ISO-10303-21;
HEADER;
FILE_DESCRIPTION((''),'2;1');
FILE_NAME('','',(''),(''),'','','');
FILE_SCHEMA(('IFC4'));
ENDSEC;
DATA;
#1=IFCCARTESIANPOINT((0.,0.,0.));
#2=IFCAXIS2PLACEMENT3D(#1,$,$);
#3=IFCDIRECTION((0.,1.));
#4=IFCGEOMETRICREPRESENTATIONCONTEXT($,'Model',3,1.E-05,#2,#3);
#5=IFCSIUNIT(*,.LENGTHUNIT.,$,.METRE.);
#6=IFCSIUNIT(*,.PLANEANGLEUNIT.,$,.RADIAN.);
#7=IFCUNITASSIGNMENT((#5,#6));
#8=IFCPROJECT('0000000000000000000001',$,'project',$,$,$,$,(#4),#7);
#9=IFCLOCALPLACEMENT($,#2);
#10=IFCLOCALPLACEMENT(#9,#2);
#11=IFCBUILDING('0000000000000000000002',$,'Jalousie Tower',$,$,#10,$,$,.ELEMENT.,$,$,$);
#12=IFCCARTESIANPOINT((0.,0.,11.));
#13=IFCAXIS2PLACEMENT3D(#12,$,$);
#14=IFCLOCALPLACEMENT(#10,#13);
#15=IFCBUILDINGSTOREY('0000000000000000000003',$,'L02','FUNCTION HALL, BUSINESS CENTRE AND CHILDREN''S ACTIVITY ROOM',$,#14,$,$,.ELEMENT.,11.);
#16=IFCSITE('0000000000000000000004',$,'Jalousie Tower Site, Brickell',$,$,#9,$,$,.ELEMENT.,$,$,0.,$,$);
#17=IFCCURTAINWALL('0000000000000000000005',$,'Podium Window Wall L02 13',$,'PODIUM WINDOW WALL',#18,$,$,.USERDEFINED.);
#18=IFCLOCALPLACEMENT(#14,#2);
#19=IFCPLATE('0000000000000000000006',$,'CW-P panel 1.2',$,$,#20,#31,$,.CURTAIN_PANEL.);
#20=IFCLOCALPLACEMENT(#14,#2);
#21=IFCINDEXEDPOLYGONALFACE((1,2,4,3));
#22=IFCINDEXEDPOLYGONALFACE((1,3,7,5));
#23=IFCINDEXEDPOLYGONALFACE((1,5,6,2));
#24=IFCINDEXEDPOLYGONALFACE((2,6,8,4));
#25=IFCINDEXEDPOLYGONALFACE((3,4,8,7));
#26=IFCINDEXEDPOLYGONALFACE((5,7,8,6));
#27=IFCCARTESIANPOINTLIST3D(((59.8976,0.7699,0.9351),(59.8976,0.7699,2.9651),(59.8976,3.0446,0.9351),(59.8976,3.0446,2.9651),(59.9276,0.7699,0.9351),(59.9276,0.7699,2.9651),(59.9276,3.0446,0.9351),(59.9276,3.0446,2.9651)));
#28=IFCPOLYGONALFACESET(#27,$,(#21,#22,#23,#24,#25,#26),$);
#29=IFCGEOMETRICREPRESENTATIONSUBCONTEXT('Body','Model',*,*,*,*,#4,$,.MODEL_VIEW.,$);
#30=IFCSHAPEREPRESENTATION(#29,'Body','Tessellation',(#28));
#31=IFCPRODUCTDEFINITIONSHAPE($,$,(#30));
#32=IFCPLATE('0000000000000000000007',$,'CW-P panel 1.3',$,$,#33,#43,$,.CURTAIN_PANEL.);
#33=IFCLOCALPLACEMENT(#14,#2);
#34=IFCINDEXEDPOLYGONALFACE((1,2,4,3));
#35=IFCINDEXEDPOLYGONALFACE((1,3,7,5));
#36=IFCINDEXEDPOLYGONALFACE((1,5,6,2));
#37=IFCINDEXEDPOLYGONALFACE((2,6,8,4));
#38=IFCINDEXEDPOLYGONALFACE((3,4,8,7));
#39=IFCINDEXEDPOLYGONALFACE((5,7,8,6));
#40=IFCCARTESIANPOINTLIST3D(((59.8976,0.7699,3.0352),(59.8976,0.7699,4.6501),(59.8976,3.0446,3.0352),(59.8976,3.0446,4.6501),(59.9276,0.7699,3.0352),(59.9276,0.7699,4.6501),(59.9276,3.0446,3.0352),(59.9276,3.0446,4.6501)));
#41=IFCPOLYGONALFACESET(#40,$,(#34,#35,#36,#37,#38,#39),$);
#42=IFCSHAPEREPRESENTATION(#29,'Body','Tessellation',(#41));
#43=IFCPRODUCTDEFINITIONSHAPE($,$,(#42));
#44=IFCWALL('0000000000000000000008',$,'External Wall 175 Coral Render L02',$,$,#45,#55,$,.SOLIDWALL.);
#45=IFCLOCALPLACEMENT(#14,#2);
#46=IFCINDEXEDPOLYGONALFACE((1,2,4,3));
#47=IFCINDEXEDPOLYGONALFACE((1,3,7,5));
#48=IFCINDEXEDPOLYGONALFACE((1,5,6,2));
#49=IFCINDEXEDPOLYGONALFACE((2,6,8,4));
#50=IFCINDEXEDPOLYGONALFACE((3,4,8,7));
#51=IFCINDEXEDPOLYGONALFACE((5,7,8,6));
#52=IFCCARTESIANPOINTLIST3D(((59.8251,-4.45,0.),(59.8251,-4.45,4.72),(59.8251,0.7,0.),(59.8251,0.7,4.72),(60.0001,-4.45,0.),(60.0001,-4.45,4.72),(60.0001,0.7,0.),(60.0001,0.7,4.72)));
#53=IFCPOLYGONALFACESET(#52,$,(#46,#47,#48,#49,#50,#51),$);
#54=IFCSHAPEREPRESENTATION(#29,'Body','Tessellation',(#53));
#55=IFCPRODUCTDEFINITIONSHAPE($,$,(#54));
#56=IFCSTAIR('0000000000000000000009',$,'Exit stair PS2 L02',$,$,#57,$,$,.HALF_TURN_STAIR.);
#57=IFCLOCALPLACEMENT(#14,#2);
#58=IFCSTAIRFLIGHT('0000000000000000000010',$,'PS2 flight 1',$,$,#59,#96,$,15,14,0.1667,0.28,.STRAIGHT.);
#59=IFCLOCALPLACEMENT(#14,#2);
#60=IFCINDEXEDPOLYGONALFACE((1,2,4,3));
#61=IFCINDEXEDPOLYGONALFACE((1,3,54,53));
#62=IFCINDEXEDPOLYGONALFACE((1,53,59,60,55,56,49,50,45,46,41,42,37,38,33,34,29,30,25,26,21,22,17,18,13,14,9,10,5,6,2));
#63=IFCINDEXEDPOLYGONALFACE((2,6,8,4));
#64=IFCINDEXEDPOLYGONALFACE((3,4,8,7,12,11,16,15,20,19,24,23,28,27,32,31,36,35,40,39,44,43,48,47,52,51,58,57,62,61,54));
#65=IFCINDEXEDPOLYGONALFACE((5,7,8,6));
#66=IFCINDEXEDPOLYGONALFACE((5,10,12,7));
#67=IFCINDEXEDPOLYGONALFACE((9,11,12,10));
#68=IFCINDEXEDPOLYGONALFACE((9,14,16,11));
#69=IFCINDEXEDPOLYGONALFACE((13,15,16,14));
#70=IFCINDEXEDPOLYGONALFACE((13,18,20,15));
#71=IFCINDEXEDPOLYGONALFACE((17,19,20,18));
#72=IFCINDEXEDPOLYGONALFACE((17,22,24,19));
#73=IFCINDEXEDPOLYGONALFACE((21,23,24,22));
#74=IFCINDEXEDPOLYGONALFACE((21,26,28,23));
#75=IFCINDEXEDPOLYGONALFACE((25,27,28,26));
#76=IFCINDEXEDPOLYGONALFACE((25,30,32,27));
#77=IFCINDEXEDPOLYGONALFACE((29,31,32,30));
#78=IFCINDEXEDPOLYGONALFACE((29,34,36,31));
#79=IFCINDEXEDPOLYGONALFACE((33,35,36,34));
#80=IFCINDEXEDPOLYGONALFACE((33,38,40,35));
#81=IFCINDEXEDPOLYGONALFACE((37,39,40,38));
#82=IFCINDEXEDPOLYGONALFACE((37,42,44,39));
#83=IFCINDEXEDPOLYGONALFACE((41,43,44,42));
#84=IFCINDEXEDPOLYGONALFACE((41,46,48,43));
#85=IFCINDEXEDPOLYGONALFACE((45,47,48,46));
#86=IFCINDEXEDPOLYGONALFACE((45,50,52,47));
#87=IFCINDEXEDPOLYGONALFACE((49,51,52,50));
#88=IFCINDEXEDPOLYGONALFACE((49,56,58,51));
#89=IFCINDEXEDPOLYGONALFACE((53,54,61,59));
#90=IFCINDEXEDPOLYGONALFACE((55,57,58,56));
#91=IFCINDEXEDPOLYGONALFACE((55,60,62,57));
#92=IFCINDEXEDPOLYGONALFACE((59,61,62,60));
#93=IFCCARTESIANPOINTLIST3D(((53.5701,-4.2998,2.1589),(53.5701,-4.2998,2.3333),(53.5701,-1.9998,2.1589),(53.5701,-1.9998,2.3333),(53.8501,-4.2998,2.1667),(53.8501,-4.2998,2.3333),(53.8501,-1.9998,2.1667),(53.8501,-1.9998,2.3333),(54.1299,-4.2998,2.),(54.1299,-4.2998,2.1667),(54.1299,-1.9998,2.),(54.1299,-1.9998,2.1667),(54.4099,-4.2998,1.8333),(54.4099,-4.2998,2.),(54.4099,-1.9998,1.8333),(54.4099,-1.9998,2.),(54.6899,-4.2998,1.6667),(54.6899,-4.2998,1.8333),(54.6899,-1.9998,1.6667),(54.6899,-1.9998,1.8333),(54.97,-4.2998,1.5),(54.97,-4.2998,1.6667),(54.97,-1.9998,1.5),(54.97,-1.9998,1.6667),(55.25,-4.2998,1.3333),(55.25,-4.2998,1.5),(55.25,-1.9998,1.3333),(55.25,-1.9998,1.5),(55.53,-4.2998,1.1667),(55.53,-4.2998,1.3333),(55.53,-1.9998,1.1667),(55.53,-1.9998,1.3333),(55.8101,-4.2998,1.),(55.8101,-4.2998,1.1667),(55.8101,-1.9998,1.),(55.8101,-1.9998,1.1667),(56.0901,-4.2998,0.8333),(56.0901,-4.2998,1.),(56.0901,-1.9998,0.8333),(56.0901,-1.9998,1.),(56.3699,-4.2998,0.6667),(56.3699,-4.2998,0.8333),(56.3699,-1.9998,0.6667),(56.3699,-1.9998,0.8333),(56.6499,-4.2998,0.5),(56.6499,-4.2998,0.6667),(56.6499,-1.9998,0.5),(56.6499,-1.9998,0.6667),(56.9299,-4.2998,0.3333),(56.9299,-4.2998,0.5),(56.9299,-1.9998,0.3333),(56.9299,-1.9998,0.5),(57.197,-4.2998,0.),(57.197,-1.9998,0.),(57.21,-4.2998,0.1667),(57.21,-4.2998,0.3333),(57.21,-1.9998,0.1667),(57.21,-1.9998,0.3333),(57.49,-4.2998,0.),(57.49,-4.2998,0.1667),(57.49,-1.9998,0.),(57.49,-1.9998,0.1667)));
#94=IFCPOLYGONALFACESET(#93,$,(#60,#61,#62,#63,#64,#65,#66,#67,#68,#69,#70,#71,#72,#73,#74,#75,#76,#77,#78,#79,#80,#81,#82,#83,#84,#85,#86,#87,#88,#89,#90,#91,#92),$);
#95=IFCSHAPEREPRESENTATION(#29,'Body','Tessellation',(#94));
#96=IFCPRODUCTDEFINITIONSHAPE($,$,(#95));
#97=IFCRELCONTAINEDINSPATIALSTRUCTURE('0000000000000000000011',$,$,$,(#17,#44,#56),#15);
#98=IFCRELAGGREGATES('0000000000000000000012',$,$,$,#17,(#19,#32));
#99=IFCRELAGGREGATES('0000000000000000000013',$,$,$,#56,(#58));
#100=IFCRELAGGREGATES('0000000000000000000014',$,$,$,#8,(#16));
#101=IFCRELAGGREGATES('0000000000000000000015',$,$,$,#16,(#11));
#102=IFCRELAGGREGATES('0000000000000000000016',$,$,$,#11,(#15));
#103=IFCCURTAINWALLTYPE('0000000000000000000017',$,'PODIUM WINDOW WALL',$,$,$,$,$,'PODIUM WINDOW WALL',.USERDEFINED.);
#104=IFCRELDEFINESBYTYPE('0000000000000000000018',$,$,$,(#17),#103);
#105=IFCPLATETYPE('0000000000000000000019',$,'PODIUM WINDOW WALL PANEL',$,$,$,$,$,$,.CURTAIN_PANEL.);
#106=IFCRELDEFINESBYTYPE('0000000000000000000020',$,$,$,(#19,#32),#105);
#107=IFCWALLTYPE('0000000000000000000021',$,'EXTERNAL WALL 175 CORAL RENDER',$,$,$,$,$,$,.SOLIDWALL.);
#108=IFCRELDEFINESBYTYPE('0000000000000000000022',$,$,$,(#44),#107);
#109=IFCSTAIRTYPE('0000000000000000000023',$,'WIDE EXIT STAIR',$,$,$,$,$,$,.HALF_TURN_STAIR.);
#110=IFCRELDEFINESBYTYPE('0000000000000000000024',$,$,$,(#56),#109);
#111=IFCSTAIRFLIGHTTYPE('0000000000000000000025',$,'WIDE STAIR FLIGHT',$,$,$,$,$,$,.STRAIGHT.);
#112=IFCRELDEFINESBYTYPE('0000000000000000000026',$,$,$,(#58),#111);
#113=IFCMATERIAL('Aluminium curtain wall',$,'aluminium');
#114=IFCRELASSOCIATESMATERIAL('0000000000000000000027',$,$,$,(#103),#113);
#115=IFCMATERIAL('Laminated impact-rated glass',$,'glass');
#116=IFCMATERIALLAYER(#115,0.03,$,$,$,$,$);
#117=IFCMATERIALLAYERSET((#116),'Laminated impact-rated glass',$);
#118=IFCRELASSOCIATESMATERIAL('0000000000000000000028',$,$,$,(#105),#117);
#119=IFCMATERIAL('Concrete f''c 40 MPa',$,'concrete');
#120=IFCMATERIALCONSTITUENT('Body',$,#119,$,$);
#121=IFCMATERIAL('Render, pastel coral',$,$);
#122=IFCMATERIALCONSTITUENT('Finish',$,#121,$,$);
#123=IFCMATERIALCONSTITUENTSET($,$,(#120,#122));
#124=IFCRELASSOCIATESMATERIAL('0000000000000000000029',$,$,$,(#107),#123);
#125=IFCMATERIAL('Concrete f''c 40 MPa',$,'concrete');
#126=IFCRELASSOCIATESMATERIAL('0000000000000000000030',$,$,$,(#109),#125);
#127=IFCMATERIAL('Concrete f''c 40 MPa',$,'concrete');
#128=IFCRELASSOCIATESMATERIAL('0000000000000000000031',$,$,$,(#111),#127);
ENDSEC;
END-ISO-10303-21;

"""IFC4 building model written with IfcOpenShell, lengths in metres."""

from ifc_helpers import new_model, si_unit, direction, frame, frame_2d, origin, origin_2d, place, context, subcontext, project, spatial, polyline, rectangle, outline, extrude, material, layer, layer_set, constituent, constituent_set, type_object, element, aggregate, save


model = new_model("IFC4")

# Units and contexts
model_context = context("Model", 3, precision=1e-05, world=origin(), true_north=direction((0.0, 1.0)))
body_context = subcontext(model_context, "Body", "Model", "MODEL_VIEW")
ifc_project = project(units=[si_unit("LENGTHUNIT", "METRE"), si_unit("PLANEANGLEUNIT", "RADIAN")], contexts=[model_context])

# Site, building, storey
site_placement = place(None, origin())
site = spatial("IfcSite", under=ifc_project, at=site_placement, Name="Jalousie Tower Site, Brickell", CompositionType="ELEMENT", RefElevation=0.0)
building_placement = place(site_placement, origin())
building = spatial("IfcBuilding", under=site, at=building_placement, Name="Jalousie Tower", CompositionType="ELEMENT")
storey_placement = place(building_placement, frame((0.0, 0.0, 11.0)))
storey = spatial("IfcBuildingStorey", under=building, at=storey_placement, Name="L02", Description="FUNCTION HALL, BUSINESS CENTRE AND CHILDREN'S ACTIVITY ROOM", CompositionType="ELEMENT", Elevation=11.0)

# Shared definitions
ifc_material_1 = material(Name="Aluminium curtain wall", Category="aluminium")
curtain_wall_type = type_object("IfcCurtainWallType", Name="PODIUM WINDOW WALL", ElementType="PODIUM WINDOW WALL", PredefinedType="USERDEFINED", material=ifc_material_1)

# Curtain wall
curtain_wall_1_placement = place(storey_placement, origin())
curtain_wall_1 = element("IfcCurtainWall", 1, at=curtain_wall_1_placement, inside=storey, type_object=curtain_wall_type, Name="Podium Window Wall L02 13", ObjectType="PODIUM WINDOW WALL", PredefinedType="USERDEFINED")

# Plates
ifc_material_2 = material(Name="Laminated impact-rated glass", Category="glass")
ifc_layer = layer(ifc_material_2, 0.03)
ifc_layer_set = layer_set([ifc_layer], Name="Laminated impact-rated glass")
plate_type = type_object("IfcPlateType", Name="PODIUM WINDOW WALL PANEL", PredefinedType="CURTAIN_PANEL", material=ifc_layer_set)
plate_1_placement = place(storey_placement, frame((59.9126, 1.9072, 0.9351), z_axis=(0.0, 0.0, 1.0), x_axis=(0.0, 1.0, 0.0)))
plate_1 = element("IfcPlate", 2, at=plate_1_placement, type_object=plate_type, Name="CW-P panel 1.2", PredefinedType="CURTAIN_PANEL", context=body_context, shape_type="SweptSolid", body=[
    extrude(rectangle(XDim=2.2747, YDim=0.03, at=origin_2d()), origin(), (0.0, 0.0, 1.0), 2.03),
])
plate_2_placement = place(storey_placement, frame((59.9126, 1.9072, 3.0352), z_axis=(0.0, 0.0, 1.0), x_axis=(0.0, 1.0, 0.0)))
plate_2 = element("IfcPlate", 3, at=plate_2_placement, type_object=plate_type, Name="CW-P panel 1.3", PredefinedType="CURTAIN_PANEL", context=body_context, shape_type="SweptSolid", body=[
    extrude(rectangle(XDim=2.2747, YDim=0.03, at=origin_2d()), origin(), (0.0, 0.0, 1.0), 1.615),
])
aggregate(curtain_wall_1, [plate_1, plate_2])

# Wall
ifc_material_3 = material(Name="Concrete f'c 40 MPa", Category="concrete")
ifc_constituent_1 = constituent(ifc_material_3, Name="Body")
ifc_material_4 = material(Name="Render, pastel coral")
ifc_constituent_2 = constituent(ifc_material_4, Name="Finish")
ifc_constituent_set_1 = constituent_set(constituents=[ifc_constituent_1, ifc_constituent_2])
wall_type = type_object("IfcWallType", Name="EXTERNAL WALL 175 CORAL RENDER", PredefinedType="SOLIDWALL", material=ifc_constituent_set_1)
wall_placement = place(storey_placement, frame((59.9126, -4.45, 0.0), z_axis=(0.0, 0.0, 1.0), x_axis=(0.0, 1.0, 0.0)))
element("IfcWall", 4, at=wall_placement, inside=storey, type_object=wall_type, Name="External Wall 175 Coral Render L02", PredefinedType="SOLIDWALL", context=body_context, shape_type="SweptSolid", body=[
    extrude(rectangle(XDim=5.1499, YDim=0.175, at=frame_2d((2.575, 0.0))), origin(), (0.0, 0.0, 1.0), 4.72),
])

# Stair, stair flight
ifc_material_5 = material(Name="Concrete f'c 40 MPa", Category="concrete")
stair_type = type_object("IfcStairType", Name="WIDE EXIT STAIR", PredefinedType="HALF_TURN_STAIR", material=ifc_material_5)
stair_placement = place(storey_placement, origin())
stair = element("IfcStair", 5, at=stair_placement, inside=storey, type_object=stair_type, Name="Exit stair PS2 L02", PredefinedType="HALF_TURN_STAIR")
ifc_material_6 = material(Name="Concrete f'c 40 MPa", Category="concrete")
stair_flight_type = type_object("IfcStairFlightType", Name="WIDE STAIR FLIGHT", PredefinedType="STRAIGHT", material=ifc_material_6)
stair_flight_placement = place(storey_placement, frame((57.49, -3.1499, 0.0), z_axis=(0.0, 0.0, 1.0), x_axis=(-1.0, 0.0, 0.0)))
stair_flight = element("IfcStairFlight", 6, at=stair_flight_placement, type_object=stair_flight_type, Name="PS2 flight 1", NumberOfRisers=15, NumberOfTreads=14, PredefinedType="STRAIGHT", RiserHeight=0.1667, TreadLength=0.28, context=body_context, shape_type="SweptSolid", body=[
    extrude(outline(polyline([(0.0, 0.0), (0.0, 0.1667), (0.28, 0.1667), (0.28, 0.3333), (0.5601, 0.3333), (0.5601, 0.5), (0.8401, 0.5), (0.8401, 0.6667), (1.1201, 0.6667), (1.1201, 0.8333), (1.3999, 0.8333), (1.3999, 1.0), (1.6799, 1.0), (1.6799, 1.1667), (1.96, 1.1667), (1.96, 1.3333), (2.24, 1.3333), (2.24, 1.5), (2.52, 1.5), (2.52, 1.6667), (2.8, 1.6667), (2.8, 1.8333), (3.0801, 1.8333), (3.0801, 2.0), (3.3601, 2.0), (3.3601, 2.1667), (3.6399, 2.1667), (3.6399, 2.3333), (3.9199, 2.3333), (3.9199, 2.5), (3.9199, 2.1589), (0.293, 0.0), (0.0, 0.0)])), frame((0.0, 1.1499, 0.0), z_axis=(0.0, -1.0, 0.0), x_axis=(1.0, 0.0, 0.0)), (0.0, 0.0, 1.0), 2.3),
])
aggregate(stair, [stair_flight])

save(model, "model.ifc")
